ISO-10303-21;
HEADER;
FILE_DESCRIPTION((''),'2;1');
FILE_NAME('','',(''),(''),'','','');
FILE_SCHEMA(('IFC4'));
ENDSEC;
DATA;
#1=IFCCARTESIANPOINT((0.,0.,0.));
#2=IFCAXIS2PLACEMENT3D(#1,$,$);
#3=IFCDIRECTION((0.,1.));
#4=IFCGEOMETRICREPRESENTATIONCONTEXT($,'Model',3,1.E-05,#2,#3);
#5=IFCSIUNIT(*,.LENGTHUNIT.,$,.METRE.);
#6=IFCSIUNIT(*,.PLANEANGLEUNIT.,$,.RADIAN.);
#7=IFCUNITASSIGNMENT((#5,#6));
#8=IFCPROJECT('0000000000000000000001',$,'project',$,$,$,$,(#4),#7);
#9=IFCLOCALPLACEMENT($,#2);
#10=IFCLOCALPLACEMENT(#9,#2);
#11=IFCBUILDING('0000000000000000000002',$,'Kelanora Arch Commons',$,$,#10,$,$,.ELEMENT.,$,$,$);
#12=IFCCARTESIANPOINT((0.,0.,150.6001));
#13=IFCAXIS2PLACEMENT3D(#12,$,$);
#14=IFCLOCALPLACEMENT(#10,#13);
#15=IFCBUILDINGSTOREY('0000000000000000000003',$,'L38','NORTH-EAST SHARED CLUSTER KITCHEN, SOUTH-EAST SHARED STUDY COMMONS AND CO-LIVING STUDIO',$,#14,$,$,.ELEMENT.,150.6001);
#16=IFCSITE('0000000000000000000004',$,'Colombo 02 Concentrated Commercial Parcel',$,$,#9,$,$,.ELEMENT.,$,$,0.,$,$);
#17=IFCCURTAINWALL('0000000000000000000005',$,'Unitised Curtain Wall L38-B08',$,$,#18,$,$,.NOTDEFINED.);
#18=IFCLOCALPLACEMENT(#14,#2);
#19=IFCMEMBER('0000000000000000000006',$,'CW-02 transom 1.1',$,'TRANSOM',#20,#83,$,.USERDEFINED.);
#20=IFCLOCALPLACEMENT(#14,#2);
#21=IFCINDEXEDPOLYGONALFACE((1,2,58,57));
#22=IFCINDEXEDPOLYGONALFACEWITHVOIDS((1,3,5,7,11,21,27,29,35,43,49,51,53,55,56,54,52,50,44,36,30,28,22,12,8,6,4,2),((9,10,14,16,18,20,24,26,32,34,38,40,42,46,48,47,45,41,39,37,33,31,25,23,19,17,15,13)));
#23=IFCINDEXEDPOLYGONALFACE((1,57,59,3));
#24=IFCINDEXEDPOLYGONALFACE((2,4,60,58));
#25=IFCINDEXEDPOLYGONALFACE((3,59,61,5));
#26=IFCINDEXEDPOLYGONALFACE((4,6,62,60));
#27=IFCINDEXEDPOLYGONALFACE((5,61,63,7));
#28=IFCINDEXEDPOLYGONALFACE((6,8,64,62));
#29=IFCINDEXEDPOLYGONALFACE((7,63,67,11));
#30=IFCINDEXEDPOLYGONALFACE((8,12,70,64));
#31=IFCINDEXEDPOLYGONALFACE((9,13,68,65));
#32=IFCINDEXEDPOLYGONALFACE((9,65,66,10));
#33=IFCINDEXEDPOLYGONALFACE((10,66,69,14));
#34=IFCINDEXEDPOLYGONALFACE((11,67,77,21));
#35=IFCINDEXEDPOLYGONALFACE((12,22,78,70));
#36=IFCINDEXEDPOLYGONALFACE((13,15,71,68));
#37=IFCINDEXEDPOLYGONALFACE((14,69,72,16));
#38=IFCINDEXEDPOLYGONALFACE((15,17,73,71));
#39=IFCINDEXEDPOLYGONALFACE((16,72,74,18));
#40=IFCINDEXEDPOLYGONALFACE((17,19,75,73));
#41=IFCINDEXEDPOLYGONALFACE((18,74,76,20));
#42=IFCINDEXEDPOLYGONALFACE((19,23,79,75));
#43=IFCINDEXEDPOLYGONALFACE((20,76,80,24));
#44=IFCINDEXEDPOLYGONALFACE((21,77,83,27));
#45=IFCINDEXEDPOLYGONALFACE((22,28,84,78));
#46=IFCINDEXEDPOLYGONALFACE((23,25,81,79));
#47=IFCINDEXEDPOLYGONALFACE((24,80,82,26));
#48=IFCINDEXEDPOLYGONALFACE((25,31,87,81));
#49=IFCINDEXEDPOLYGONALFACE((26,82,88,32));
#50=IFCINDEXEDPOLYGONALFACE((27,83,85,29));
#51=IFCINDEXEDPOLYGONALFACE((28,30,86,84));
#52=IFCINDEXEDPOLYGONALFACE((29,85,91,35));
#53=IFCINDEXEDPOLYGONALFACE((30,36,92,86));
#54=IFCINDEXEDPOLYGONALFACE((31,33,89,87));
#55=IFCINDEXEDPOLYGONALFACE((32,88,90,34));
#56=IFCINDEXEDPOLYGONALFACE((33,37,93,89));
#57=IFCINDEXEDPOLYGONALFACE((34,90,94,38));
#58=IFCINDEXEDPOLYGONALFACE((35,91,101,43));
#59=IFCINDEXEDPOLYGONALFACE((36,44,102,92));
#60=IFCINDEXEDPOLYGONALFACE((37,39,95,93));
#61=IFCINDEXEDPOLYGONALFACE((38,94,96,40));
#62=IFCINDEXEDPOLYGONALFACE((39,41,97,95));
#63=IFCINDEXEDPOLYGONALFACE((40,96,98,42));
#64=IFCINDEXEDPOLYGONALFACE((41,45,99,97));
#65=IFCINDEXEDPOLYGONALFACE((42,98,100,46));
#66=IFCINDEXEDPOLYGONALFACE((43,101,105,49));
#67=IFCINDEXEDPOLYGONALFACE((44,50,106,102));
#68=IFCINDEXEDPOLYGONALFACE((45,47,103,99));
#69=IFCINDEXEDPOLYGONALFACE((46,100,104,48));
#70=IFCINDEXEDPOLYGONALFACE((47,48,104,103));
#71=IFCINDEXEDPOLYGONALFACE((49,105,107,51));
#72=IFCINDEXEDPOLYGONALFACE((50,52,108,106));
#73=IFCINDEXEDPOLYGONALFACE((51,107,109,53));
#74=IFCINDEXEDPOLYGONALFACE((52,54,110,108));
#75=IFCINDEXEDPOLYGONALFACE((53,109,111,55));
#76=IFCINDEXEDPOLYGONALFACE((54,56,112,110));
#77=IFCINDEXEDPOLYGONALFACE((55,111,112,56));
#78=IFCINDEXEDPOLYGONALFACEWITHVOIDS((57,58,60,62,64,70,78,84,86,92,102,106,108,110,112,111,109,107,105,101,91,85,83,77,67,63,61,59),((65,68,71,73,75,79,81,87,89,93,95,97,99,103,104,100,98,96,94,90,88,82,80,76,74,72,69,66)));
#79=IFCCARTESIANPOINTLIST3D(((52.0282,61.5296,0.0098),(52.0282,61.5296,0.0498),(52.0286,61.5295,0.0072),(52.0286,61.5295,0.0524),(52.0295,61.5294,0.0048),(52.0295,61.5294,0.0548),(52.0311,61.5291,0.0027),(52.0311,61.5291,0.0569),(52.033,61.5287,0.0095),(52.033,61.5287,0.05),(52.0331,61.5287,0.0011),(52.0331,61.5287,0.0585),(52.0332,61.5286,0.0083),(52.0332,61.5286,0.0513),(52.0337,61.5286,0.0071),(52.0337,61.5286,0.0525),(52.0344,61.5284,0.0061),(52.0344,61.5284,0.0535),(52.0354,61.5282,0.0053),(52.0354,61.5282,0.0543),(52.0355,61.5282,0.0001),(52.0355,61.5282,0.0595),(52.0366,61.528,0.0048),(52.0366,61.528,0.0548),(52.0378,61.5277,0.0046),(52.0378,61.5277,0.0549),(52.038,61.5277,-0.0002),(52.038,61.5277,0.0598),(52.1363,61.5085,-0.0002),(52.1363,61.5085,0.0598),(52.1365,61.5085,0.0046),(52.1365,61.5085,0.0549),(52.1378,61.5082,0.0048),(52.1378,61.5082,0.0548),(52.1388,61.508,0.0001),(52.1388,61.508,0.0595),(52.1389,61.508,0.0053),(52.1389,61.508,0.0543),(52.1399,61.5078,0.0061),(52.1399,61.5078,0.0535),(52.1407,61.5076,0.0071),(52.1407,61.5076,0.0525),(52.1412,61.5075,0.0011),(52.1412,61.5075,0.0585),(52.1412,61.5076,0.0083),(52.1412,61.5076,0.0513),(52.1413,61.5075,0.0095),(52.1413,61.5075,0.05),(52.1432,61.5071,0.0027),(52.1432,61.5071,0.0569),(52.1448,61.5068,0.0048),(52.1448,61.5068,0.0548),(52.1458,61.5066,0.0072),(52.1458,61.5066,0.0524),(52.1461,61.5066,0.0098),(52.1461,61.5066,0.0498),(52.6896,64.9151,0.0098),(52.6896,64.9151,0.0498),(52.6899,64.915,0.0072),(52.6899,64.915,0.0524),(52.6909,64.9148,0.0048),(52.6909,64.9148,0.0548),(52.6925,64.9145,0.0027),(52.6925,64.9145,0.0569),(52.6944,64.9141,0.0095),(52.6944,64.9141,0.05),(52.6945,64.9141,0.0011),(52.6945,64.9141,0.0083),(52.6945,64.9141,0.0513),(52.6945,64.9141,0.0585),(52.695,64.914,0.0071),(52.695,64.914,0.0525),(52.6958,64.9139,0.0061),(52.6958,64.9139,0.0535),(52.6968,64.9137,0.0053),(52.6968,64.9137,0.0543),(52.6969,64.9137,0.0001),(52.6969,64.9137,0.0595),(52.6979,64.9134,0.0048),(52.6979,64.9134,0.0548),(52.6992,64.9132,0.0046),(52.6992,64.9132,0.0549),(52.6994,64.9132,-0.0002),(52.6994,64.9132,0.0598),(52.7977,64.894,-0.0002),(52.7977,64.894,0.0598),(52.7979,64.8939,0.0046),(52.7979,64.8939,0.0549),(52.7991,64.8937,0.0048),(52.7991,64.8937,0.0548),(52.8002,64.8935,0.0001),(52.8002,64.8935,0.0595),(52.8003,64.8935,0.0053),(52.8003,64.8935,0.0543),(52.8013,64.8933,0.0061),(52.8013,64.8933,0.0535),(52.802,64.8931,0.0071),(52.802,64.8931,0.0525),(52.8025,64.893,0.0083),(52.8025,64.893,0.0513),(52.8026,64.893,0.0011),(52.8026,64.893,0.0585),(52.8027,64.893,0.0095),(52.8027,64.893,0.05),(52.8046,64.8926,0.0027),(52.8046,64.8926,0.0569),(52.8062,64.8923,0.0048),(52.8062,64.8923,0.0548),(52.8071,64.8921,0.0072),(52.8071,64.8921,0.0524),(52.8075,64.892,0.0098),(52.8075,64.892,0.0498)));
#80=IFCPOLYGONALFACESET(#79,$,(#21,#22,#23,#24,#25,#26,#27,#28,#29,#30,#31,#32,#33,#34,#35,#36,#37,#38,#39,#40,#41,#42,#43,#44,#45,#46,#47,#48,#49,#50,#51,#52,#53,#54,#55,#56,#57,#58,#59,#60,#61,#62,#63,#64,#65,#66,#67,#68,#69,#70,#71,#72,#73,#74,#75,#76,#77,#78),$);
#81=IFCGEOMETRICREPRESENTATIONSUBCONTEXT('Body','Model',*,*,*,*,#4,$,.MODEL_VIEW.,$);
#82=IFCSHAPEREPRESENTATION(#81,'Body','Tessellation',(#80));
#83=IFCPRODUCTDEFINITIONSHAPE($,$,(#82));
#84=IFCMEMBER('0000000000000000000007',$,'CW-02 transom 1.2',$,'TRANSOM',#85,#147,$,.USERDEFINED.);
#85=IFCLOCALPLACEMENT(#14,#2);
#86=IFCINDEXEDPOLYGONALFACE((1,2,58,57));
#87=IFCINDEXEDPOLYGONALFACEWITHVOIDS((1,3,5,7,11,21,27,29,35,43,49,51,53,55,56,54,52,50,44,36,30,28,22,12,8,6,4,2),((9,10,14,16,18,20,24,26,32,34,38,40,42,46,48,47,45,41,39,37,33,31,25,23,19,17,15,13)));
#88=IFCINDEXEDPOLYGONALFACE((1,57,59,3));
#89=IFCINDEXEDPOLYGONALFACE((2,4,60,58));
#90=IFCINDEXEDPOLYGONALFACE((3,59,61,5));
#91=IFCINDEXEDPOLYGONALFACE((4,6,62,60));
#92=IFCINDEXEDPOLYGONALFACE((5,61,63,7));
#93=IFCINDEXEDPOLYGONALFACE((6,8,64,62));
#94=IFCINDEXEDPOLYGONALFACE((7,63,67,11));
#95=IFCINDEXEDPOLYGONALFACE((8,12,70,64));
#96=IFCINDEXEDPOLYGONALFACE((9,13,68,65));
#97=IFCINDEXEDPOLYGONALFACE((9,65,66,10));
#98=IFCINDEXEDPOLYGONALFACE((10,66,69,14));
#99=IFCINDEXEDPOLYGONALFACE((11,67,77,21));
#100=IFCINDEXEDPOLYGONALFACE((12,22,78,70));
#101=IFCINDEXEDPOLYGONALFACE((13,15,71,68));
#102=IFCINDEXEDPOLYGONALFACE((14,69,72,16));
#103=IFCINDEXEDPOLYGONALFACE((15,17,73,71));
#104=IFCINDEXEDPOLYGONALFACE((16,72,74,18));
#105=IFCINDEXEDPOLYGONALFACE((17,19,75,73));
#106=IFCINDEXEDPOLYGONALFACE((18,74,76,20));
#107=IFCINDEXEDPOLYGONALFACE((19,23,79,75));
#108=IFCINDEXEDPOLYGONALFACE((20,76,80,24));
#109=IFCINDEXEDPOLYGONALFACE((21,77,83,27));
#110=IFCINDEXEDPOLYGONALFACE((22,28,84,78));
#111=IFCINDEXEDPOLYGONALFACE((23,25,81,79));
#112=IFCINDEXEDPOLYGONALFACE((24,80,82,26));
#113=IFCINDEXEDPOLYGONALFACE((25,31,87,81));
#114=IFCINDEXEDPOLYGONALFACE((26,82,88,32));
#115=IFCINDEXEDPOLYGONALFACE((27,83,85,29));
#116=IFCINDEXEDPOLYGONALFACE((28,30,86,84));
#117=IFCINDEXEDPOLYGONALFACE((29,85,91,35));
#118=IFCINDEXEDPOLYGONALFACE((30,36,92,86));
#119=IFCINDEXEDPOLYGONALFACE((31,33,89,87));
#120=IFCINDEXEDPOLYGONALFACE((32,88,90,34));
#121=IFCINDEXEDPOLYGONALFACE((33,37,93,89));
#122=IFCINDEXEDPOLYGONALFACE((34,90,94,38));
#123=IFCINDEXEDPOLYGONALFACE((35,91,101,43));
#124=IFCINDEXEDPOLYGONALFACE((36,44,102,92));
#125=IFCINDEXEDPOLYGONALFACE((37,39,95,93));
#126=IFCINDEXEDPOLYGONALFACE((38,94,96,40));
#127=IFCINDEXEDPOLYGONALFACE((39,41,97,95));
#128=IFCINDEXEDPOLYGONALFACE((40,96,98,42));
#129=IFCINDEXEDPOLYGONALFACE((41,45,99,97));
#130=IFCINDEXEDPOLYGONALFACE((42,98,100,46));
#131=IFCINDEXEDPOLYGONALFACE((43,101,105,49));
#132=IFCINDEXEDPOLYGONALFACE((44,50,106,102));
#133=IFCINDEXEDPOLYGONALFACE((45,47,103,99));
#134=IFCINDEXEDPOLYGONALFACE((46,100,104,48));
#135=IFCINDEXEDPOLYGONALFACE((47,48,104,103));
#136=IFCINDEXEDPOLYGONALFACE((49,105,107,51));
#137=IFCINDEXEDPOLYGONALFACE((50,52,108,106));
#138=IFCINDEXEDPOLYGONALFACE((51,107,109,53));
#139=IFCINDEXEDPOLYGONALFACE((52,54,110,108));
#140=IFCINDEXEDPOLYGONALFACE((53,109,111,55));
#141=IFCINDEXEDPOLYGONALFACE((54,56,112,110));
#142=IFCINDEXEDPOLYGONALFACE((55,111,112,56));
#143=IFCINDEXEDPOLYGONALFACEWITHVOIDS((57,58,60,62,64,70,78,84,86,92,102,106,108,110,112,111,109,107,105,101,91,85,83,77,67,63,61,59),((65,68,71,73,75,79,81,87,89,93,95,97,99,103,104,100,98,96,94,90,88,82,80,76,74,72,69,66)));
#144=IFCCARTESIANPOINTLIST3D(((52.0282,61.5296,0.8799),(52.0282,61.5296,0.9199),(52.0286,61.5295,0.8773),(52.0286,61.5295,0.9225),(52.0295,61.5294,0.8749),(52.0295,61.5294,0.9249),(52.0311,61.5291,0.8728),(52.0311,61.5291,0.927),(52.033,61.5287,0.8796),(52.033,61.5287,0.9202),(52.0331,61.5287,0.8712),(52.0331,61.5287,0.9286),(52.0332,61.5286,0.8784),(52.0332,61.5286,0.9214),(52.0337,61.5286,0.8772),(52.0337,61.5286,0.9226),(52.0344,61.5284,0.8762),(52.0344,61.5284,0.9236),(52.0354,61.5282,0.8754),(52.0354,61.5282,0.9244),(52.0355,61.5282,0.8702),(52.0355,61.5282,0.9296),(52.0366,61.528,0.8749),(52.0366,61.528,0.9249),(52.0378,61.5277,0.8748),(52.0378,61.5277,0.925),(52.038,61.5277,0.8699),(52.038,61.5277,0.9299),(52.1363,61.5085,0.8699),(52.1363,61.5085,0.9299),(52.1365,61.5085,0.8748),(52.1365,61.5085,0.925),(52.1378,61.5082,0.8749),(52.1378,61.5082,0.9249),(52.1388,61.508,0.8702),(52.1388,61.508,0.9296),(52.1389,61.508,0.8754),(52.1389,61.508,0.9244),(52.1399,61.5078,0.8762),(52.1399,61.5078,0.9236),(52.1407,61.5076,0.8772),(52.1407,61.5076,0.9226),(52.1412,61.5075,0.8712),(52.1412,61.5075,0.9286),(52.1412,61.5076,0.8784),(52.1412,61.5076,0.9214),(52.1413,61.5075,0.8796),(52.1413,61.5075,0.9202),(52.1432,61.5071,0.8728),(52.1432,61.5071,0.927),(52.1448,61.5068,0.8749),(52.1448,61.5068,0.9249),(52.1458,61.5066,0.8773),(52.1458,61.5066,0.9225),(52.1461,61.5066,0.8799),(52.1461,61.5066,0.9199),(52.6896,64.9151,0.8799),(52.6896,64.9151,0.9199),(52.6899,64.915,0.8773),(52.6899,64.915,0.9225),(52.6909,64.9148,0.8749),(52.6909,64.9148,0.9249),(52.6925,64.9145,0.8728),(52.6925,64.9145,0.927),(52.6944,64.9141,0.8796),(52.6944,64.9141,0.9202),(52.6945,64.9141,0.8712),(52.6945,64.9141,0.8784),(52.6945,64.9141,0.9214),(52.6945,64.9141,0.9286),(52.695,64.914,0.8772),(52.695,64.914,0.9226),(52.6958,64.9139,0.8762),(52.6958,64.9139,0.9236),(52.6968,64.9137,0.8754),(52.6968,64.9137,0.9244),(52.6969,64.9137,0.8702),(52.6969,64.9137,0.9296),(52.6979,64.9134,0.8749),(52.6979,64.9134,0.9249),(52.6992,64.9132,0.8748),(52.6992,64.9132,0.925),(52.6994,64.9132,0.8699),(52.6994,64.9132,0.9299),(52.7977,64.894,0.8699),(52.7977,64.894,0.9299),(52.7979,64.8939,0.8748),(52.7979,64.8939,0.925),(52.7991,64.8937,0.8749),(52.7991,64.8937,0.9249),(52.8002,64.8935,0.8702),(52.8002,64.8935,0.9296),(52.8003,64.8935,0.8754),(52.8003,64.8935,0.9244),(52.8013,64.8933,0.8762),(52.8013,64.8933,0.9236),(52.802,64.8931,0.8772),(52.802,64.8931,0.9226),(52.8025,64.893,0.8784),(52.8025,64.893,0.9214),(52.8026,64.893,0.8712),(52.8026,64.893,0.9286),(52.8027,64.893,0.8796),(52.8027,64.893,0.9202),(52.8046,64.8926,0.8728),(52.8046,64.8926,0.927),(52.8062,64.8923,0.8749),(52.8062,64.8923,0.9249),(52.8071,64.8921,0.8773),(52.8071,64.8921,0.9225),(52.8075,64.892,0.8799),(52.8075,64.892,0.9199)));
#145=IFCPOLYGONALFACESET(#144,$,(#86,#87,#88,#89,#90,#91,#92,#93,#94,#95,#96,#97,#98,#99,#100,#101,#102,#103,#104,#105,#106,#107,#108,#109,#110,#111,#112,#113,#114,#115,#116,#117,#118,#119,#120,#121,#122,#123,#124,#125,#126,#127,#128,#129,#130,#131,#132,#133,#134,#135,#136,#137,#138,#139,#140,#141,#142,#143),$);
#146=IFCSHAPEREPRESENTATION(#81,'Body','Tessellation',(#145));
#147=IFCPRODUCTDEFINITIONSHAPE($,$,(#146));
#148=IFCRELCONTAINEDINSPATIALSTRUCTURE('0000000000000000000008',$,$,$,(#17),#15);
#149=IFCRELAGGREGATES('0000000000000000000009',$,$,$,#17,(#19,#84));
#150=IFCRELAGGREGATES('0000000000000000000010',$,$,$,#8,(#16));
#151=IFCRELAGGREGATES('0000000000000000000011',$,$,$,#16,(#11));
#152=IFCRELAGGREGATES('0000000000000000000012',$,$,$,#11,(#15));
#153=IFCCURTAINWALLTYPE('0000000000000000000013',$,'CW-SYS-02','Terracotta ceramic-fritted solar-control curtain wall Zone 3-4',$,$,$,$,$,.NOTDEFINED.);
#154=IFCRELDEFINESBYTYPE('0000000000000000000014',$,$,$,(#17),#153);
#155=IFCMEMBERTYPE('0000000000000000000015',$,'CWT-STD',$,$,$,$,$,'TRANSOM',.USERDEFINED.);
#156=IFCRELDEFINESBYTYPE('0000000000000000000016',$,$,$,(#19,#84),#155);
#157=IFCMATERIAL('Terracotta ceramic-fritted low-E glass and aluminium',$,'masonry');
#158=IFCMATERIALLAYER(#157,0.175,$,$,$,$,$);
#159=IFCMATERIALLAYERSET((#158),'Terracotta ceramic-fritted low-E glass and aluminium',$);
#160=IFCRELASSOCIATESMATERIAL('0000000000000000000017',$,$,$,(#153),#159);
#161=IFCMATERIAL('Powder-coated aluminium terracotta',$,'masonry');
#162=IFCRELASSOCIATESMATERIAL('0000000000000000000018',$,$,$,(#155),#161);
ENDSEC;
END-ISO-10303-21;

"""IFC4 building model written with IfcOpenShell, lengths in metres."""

from ifc_helpers import new_model, si_unit, direction, frame, origin, origin_2d, place, context, subcontext, project, spatial, hollow_rectangle, extrude, material, layer, layer_set, material_profile, profile_set, type_object, element, aggregate, save


model = new_model("IFC4")

# Units and contexts
model_context = context("Model", 3, precision=1e-05, world=origin(), true_north=direction((0.0, 1.0)))
body_context = subcontext(model_context, "Body", "Model", "MODEL_VIEW")
ifc_project = project(units=[si_unit("LENGTHUNIT", "METRE"), si_unit("PLANEANGLEUNIT", "RADIAN")], contexts=[model_context])

# Site, building, storey
site_placement = place(None, origin())
site = spatial("IfcSite", under=ifc_project, at=site_placement, Name="Colombo 02 Concentrated Commercial Parcel", CompositionType="ELEMENT", RefElevation=0.0)
building_placement = place(site_placement, origin())
building = spatial("IfcBuilding", under=site, at=building_placement, Name="Kelanora Arch Commons", CompositionType="ELEMENT")
storey_placement = place(building_placement, frame((0.0, 0.0, 150.6001)))
storey = spatial("IfcBuildingStorey", under=building, at=storey_placement, Name="L38", Description="NORTH-EAST SHARED CLUSTER KITCHEN, SOUTH-EAST SHARED STUDY COMMONS AND CO-LIVING STUDIO", CompositionType="ELEMENT", Elevation=150.6001)

# Curtain wall, members
ifc_material_1 = material(Name="Terracotta ceramic-fritted low-E glass and aluminium", Category="masonry")
ifc_layer_1 = layer(ifc_material_1, 0.175)
ifc_layer_set_1 = layer_set([ifc_layer_1], Name="Terracotta ceramic-fritted low-E glass and aluminium")
curtain_wall_type = type_object("IfcCurtainWallType", Name="CW-SYS-02", Description="Terracotta ceramic-fritted solar-control curtain wall Zone 3-4", PredefinedType="NOTDEFINED", material=ifc_layer_set_1)
curtain_wall_placement = place(storey_placement, origin())
curtain_wall = element("IfcCurtainWall", 1, at=curtain_wall_placement, inside=storey, type_object=curtain_wall_type, Name="Unitised Curtain Wall L38-B08", PredefinedType="NOTDEFINED")
ifc_material_2 = material(Name="Powder-coated aluminium terracotta", Category="masonry")
ifc_material_profile_1 = material_profile(ifc_material_2, hollow_rectangle(XDim=0.1201, YDim=0.0601, WallThickness=0.0049, InnerFilletRadius=0.0049, OuterFilletRadius=0.01, at=origin_2d()), Name="CWT120x60")
ifc_profile_set_1 = profile_set([ifc_material_profile_1], Name="Powder-coated aluminium terracotta")
member_type_1 = type_object("IfcMemberType", Name="CWT-STD", ElementType="TRANSOM", PredefinedType="USERDEFINED", material=ifc_profile_set_1)
member_1_placement = place(storey_placement, frame((52.7485, 64.9036, 0.0298), z_axis=(-0.191732, -0.981447, 0.0), x_axis=(0.981447, -0.191732, 0.0)))
member_1 = element("IfcMember", 2, at=member_1_placement, type_object=member_type_1, Name="CW-02 transom 1.1", ObjectType="TRANSOM", PredefinedType="USERDEFINED", context=body_context, shape_type="SweptSolid", body=[
    extrude(hollow_rectangle(XDim=0.1201, YDim=0.0601, WallThickness=0.0049, InnerFilletRadius=0.0049, OuterFilletRadius=0.01, at=origin_2d()), origin(), (0.0, 0.0, 1.0), 3.4495),
])
member_2_placement = place(storey_placement, frame((52.7485, 64.9036, 0.8999), z_axis=(-0.191732, -0.981447, 0.0), x_axis=(0.981447, -0.191732, 0.0)))
member_2 = element("IfcMember", 3, at=member_2_placement, type_object=member_type_1, Name="CW-02 transom 1.2", ObjectType="TRANSOM", PredefinedType="USERDEFINED", context=body_context, shape_type="SweptSolid", body=[
    extrude(hollow_rectangle(XDim=0.1201, YDim=0.0601, WallThickness=0.0049, InnerFilletRadius=0.0049, OuterFilletRadius=0.01, at=origin_2d()), origin(), (0.0, 0.0, 1.0), 3.4495),
])
aggregate(curtain_wall, [member_1, member_2])

save(model, "model.ifc")
